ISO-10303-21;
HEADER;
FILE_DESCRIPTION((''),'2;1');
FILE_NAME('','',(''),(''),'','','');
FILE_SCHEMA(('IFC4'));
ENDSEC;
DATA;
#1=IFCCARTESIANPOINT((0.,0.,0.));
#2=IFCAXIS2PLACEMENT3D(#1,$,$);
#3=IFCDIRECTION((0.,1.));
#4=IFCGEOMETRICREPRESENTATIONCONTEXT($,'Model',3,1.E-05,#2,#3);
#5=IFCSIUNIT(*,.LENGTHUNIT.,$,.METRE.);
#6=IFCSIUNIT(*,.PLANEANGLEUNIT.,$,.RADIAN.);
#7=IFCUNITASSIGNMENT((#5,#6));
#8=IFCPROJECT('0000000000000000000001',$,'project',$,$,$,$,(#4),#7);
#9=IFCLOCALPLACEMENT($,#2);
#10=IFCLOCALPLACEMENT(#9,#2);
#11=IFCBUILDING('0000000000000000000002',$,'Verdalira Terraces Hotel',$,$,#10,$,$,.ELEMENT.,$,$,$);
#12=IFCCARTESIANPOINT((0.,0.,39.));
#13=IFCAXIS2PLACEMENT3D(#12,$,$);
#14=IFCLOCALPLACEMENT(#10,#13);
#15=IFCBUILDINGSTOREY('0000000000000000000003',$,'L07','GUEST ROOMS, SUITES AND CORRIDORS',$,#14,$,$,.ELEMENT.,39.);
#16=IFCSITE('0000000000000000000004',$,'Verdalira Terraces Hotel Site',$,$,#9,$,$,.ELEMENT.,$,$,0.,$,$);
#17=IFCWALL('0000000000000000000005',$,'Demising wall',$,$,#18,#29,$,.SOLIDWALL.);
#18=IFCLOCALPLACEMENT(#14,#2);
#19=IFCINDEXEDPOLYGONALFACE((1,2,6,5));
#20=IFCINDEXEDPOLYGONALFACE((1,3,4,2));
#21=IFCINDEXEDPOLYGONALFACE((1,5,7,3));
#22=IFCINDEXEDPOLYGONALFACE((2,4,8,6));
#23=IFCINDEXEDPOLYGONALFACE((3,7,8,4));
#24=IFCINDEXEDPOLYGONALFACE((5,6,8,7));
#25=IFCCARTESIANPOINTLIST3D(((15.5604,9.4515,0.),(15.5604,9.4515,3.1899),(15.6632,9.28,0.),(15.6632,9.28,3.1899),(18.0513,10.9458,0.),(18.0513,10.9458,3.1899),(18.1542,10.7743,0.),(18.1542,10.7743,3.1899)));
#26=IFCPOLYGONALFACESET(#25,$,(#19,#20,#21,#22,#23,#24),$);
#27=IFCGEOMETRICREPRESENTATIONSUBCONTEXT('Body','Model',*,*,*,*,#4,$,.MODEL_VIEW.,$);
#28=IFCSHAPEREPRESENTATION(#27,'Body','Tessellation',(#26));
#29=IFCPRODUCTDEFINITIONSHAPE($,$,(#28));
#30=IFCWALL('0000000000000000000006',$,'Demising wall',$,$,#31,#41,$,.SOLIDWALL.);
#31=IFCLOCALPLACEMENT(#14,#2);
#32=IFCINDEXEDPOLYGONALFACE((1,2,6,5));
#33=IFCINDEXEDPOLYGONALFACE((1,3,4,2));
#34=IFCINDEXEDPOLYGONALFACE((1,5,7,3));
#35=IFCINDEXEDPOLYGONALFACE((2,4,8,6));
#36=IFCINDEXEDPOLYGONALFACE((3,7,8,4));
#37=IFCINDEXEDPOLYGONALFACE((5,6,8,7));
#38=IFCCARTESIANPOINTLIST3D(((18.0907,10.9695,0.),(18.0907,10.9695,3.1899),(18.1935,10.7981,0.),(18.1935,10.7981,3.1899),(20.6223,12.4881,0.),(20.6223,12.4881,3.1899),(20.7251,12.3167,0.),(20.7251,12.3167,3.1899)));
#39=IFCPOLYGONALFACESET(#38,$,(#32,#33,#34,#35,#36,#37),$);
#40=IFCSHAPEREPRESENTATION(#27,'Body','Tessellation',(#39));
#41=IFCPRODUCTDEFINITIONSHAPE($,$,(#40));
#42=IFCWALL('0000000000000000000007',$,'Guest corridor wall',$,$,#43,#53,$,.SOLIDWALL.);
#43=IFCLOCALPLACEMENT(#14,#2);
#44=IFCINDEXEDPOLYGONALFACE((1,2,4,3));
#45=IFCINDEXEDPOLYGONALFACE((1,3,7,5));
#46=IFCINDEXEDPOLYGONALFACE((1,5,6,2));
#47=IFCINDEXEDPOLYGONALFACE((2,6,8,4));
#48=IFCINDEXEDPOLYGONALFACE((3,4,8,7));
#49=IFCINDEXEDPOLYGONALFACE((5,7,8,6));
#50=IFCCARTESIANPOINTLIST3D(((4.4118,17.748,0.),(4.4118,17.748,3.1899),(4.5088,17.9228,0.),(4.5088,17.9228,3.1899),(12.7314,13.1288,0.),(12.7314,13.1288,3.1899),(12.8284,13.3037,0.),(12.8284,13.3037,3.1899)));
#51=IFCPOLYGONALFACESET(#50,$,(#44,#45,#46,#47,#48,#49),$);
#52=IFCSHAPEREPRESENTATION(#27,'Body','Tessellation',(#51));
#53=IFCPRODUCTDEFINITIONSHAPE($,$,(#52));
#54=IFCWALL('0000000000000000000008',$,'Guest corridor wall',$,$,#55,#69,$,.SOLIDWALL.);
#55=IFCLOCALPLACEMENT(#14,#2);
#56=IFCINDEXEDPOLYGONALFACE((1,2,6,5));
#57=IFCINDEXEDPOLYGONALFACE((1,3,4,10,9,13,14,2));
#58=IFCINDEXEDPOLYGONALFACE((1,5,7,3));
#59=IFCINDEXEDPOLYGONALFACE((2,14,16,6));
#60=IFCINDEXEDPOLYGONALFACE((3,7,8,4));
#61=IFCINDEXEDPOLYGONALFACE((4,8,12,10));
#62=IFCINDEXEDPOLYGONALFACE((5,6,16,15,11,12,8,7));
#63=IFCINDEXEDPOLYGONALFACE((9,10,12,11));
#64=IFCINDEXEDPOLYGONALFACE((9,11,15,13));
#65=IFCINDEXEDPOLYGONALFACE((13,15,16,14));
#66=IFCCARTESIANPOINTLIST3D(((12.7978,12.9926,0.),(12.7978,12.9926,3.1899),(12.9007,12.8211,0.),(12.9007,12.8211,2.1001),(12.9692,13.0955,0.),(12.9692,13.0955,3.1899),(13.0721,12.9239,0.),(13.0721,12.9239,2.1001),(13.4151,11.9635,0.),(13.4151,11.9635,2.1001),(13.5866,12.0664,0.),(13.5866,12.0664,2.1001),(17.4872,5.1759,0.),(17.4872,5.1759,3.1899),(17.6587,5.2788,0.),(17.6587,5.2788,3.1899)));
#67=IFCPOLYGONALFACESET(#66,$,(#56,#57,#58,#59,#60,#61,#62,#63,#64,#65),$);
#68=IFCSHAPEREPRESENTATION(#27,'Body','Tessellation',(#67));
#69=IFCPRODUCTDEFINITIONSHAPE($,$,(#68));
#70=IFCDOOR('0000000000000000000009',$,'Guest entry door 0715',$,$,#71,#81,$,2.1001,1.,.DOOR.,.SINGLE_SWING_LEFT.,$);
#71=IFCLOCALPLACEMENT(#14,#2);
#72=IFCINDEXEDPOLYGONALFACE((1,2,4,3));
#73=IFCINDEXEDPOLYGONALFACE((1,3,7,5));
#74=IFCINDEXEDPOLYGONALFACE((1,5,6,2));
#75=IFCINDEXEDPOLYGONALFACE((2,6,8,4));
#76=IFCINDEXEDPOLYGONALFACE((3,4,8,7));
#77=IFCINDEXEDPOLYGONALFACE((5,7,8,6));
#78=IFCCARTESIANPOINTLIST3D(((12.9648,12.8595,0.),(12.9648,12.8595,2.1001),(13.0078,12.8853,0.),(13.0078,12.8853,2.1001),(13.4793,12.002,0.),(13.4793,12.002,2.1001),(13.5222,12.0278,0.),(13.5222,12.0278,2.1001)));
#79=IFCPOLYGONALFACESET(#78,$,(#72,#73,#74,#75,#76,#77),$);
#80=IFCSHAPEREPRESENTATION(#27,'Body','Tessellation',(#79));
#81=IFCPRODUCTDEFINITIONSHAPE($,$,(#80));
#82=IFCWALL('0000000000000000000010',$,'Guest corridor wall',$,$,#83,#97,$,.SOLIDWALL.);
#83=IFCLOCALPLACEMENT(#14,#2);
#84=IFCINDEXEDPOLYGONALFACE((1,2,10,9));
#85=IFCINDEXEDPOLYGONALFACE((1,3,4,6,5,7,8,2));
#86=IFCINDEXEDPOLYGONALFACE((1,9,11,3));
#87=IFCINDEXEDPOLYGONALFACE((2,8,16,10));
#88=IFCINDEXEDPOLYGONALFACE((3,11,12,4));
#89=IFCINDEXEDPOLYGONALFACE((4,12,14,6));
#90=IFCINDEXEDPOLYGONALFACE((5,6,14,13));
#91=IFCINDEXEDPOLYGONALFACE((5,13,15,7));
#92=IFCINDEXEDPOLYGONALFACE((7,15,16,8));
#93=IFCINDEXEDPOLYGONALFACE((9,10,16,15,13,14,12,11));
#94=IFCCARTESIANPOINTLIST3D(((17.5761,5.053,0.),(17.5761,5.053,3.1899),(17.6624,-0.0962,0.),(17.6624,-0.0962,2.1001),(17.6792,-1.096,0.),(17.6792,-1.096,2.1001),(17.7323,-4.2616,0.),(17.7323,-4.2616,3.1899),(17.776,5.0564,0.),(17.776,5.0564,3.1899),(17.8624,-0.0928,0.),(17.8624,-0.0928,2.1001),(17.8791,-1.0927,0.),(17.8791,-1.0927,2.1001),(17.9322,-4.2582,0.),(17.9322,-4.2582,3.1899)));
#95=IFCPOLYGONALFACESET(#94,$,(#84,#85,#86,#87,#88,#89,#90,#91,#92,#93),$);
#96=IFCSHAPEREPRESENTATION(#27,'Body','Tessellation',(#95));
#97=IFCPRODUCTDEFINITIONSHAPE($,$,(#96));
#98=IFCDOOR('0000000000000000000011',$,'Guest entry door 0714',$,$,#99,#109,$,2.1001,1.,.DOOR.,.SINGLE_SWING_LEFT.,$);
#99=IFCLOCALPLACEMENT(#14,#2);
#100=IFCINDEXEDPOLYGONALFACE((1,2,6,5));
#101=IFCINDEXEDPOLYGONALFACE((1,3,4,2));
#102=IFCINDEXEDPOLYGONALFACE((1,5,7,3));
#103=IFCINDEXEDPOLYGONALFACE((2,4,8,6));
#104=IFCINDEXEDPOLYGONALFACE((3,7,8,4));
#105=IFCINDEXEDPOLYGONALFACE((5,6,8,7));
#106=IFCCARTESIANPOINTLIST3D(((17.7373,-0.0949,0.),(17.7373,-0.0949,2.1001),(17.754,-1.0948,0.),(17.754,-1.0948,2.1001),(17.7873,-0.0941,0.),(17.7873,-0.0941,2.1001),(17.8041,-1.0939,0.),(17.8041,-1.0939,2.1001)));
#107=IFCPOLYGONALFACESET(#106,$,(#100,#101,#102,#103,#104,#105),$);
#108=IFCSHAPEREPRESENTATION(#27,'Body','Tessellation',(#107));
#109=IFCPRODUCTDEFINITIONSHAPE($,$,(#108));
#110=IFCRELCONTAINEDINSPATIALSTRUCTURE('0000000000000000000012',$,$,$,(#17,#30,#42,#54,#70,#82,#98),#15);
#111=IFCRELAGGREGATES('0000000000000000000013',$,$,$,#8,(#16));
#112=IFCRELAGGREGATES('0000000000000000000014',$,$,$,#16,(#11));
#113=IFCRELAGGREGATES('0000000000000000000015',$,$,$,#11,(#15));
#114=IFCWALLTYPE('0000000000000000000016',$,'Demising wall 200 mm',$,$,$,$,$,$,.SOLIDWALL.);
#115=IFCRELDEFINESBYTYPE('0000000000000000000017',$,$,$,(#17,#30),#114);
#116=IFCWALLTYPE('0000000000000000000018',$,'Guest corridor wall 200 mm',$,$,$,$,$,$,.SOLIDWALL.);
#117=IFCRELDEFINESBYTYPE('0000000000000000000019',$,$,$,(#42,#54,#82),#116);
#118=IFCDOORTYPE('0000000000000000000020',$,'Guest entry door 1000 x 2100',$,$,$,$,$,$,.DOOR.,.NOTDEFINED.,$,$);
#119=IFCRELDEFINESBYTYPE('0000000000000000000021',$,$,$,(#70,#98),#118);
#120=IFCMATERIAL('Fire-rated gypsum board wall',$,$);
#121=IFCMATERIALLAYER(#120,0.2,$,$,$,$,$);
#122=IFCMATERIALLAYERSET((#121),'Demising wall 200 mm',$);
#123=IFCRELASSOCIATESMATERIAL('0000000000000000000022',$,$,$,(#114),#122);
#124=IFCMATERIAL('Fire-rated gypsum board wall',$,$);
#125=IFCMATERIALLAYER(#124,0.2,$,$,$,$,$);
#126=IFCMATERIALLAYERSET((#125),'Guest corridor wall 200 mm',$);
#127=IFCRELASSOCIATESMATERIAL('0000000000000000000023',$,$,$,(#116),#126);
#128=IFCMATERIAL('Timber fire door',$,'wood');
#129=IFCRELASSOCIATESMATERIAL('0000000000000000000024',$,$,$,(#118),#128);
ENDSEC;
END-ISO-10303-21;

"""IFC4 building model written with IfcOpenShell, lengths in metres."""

from ifc_helpers import new_model, si_unit, direction, frame, frame_2d, origin, place, context, subcontext, project, spatial, rectangle, extrude, material, layer, layer_set, type_object, element, fill, save


model = new_model("IFC4")

# Units and contexts
model_context = context("Model", 3, precision=1e-05, world=origin(), true_north=direction((0.0, 1.0)))
body_context = subcontext(model_context, "Body", "Model", "MODEL_VIEW")
ifc_project = project(units=[si_unit("LENGTHUNIT", "METRE"), si_unit("PLANEANGLEUNIT", "RADIAN")], contexts=[model_context])

# Site, building, storey
site_placement = place(None, origin())
site = spatial("IfcSite", under=ifc_project, at=site_placement, Name="Verdalira Terraces Hotel Site", CompositionType="ELEMENT", RefElevation=0.0)
building_placement = place(site_placement, origin())
building = spatial("IfcBuilding", under=site, at=building_placement, Name="Verdalira Terraces Hotel", CompositionType="ELEMENT")
storey_placement = place(building_placement, frame((0.0, 0.0, 39.0)))
storey = spatial("IfcBuildingStorey", under=building, at=storey_placement, Name="L07", Description="GUEST ROOMS, SUITES AND CORRIDORS", CompositionType="ELEMENT", Elevation=39.0)

# Walls
ifc_material_1 = material(Name="Fire-rated gypsum board wall")
ifc_layer_1 = layer(ifc_material_1, 0.2)
ifc_layer_set_1 = layer_set([ifc_layer_1], Name="Demising wall 200 mm")
wall_type_1 = type_object("IfcWallType", Name="Demising wall 200 mm", PredefinedType="SOLIDWALL", material=ifc_layer_set_1)
wall_1_placement = place(storey_placement, frame((15.6118, 9.3657, 0.0), z_axis=(0.0, 0.0, 1.0), x_axis=(0.857523, 0.514446, 0.0)))
element("IfcWall", 1, at=wall_1_placement, inside=storey, type_object=wall_type_1, Name="Demising wall", PredefinedType="SOLIDWALL", context=body_context, shape_type="SweptSolid", body=[
    extrude(rectangle(XDim=2.9048, YDim=0.2, at=frame_2d((1.4524, 0.0))), origin(), (0.0, 0.0, 1.0), 3.1899),
])
wall_2_placement = place(storey_placement, frame((18.1421, 10.8838, 0.0), z_axis=(0.0, 0.0, 1.0), x_axis=(0.857544, 0.514411, 0.0)))
element("IfcWall", 2, at=wall_2_placement, inside=storey, type_object=wall_type_1, Name="Demising wall", PredefinedType="SOLIDWALL", context=body_context, shape_type="SweptSolid", body=[
    extrude(rectangle(XDim=2.9521, YDim=0.2, at=frame_2d((1.4761, 0.0))), origin(), (0.0, 0.0, 1.0), 3.1899),
])
ifc_material_2 = material(Name="Fire-rated gypsum board wall")
ifc_layer_2 = layer(ifc_material_2, 0.2)
ifc_layer_set_2 = layer_set([ifc_layer_2], Name="Guest corridor wall 200 mm")
wall_type_2 = type_object("IfcWallType", Name="Guest corridor wall 200 mm", PredefinedType="SOLIDWALL", material=ifc_layer_set_2)
wall_3_placement = place(storey_placement, frame((12.7798, 13.2163, 0.0), z_axis=(0.0, 0.0, 1.0), x_axis=(-0.874284, 0.485414, 0.0)))
element("IfcWall", 3, at=wall_3_placement, inside=storey, type_object=wall_type_2, Name="Guest corridor wall", PredefinedType="SOLIDWALL", context=body_context, shape_type="SweptSolid", body=[
    extrude(rectangle(XDim=9.5159, YDim=0.2, at=frame_2d((4.7578, 0.0))), origin(), (0.0, 0.0, 1.0), 3.1899),
])

# Walls, openings, doors
wall_4_placement = place(storey_placement, frame((12.8835, 13.0439, 0.0), z_axis=(0.0, 0.0, 1.0), x_axis=(0.514452, -0.857519, 0.0)))
wall_4 = element("IfcWall", 4, at=wall_4_placement, inside=storey, type_object=wall_type_2, Name="Guest corridor wall", PredefinedType="SOLIDWALL", context=body_context, shape_type="SweptSolid", body=[
    extrude(rectangle(XDim=9.1155, YDim=0.2, at=frame_2d((4.5576, 0.0))), origin(), (0.0, 0.0, 1.0), 3.1899),
])
opening_1_placement = place(wall_4_placement, frame((0.2, 0.0, 0.0)))
opening_1 = element("IfcOpeningElement", 5, at=opening_1_placement, cuts=wall_4, PredefinedType="OPENING", context=body_context, shape_type="SweptSolid", body=[
    extrude(rectangle(XDim=1.0, YDim=2.1001, at=frame_2d((0.5, 1.05))), frame((0.0, 0.1099, 0.0), z_axis=(0.0, -1.0, 0.0), x_axis=(1.0, 0.0, 0.0)), (0.0, 0.0, 1.0), 0.22),
])
ifc_material_3 = material(Name="Timber fire door", Category="wood")
door_type_1 = type_object("IfcDoorType", Name="Guest entry door 1000 x 2100", OperationType="NOTDEFINED", PredefinedType="DOOR", material=ifc_material_3)
door_1_placement = place(opening_1_placement, origin())
door_1 = element("IfcDoor", 6, at=door_1_placement, inside=storey, type_object=door_type_1, Name="Guest entry door 0715", OperationType="SINGLE_SWING_LEFT", OverallHeight=2.1001, OverallWidth=1.0, PredefinedType="DOOR", context=body_context, shape_type="SweptSolid", body=[
    extrude(rectangle(XDim=1.0, YDim=2.1001, at=frame_2d((0.5, 1.05))), frame((0.0, 0.0249, 0.0), z_axis=(0.0, -1.0, 0.0), x_axis=(1.0, 0.0, 0.0)), (0.0, 0.0, 1.0), 0.05),
])
fill(opening_1, door_1)
wall_5_placement = place(storey_placement, frame((17.676, 5.0547, 0.0), z_axis=(0.0, 0.0, 1.0), x_axis=(0.016772, -0.999859, 0.0)))
wall_5 = element("IfcWall", 7, at=wall_5_placement, inside=storey, type_object=wall_type_2, Name="Guest corridor wall", PredefinedType="SOLIDWALL", context=body_context, shape_type="SweptSolid", body=[
    extrude(rectangle(XDim=9.3159, YDim=0.2, at=frame_2d((4.658, 0.0))), origin(), (0.0, 0.0, 1.0), 3.1899),
])
opening_2_placement = place(wall_5_placement, frame((5.1499, 0.0, 0.0)))
opening_2 = element("IfcOpeningElement", 8, at=opening_2_placement, cuts=wall_5, PredefinedType="OPENING", context=body_context, shape_type="SweptSolid", body=[
    extrude(rectangle(XDim=1.0, YDim=2.1001, at=frame_2d((0.5, 1.05))), frame((0.0, 0.1099, 0.0), z_axis=(0.0, -1.0, 0.0), x_axis=(1.0, 0.0, 0.0)), (0.0, 0.0, 1.0), 0.22),
])
door_2_placement = place(opening_2_placement, origin())
door_2 = element("IfcDoor", 9, at=door_2_placement, inside=storey, type_object=door_type_1, Name="Guest entry door 0714", OperationType="SINGLE_SWING_LEFT", OverallHeight=2.1001, OverallWidth=1.0, PredefinedType="DOOR", context=body_context, shape_type="SweptSolid", body=[
    extrude(rectangle(XDim=1.0, YDim=2.1001, at=frame_2d((0.5, 1.05))), frame((0.0, 0.0249, 0.0), z_axis=(0.0, -1.0, 0.0), x_axis=(1.0, 0.0, 0.0)), (0.0, 0.0, 1.0), 0.05),
])
fill(opening_2, door_2)

save(model, "model.ifc")
